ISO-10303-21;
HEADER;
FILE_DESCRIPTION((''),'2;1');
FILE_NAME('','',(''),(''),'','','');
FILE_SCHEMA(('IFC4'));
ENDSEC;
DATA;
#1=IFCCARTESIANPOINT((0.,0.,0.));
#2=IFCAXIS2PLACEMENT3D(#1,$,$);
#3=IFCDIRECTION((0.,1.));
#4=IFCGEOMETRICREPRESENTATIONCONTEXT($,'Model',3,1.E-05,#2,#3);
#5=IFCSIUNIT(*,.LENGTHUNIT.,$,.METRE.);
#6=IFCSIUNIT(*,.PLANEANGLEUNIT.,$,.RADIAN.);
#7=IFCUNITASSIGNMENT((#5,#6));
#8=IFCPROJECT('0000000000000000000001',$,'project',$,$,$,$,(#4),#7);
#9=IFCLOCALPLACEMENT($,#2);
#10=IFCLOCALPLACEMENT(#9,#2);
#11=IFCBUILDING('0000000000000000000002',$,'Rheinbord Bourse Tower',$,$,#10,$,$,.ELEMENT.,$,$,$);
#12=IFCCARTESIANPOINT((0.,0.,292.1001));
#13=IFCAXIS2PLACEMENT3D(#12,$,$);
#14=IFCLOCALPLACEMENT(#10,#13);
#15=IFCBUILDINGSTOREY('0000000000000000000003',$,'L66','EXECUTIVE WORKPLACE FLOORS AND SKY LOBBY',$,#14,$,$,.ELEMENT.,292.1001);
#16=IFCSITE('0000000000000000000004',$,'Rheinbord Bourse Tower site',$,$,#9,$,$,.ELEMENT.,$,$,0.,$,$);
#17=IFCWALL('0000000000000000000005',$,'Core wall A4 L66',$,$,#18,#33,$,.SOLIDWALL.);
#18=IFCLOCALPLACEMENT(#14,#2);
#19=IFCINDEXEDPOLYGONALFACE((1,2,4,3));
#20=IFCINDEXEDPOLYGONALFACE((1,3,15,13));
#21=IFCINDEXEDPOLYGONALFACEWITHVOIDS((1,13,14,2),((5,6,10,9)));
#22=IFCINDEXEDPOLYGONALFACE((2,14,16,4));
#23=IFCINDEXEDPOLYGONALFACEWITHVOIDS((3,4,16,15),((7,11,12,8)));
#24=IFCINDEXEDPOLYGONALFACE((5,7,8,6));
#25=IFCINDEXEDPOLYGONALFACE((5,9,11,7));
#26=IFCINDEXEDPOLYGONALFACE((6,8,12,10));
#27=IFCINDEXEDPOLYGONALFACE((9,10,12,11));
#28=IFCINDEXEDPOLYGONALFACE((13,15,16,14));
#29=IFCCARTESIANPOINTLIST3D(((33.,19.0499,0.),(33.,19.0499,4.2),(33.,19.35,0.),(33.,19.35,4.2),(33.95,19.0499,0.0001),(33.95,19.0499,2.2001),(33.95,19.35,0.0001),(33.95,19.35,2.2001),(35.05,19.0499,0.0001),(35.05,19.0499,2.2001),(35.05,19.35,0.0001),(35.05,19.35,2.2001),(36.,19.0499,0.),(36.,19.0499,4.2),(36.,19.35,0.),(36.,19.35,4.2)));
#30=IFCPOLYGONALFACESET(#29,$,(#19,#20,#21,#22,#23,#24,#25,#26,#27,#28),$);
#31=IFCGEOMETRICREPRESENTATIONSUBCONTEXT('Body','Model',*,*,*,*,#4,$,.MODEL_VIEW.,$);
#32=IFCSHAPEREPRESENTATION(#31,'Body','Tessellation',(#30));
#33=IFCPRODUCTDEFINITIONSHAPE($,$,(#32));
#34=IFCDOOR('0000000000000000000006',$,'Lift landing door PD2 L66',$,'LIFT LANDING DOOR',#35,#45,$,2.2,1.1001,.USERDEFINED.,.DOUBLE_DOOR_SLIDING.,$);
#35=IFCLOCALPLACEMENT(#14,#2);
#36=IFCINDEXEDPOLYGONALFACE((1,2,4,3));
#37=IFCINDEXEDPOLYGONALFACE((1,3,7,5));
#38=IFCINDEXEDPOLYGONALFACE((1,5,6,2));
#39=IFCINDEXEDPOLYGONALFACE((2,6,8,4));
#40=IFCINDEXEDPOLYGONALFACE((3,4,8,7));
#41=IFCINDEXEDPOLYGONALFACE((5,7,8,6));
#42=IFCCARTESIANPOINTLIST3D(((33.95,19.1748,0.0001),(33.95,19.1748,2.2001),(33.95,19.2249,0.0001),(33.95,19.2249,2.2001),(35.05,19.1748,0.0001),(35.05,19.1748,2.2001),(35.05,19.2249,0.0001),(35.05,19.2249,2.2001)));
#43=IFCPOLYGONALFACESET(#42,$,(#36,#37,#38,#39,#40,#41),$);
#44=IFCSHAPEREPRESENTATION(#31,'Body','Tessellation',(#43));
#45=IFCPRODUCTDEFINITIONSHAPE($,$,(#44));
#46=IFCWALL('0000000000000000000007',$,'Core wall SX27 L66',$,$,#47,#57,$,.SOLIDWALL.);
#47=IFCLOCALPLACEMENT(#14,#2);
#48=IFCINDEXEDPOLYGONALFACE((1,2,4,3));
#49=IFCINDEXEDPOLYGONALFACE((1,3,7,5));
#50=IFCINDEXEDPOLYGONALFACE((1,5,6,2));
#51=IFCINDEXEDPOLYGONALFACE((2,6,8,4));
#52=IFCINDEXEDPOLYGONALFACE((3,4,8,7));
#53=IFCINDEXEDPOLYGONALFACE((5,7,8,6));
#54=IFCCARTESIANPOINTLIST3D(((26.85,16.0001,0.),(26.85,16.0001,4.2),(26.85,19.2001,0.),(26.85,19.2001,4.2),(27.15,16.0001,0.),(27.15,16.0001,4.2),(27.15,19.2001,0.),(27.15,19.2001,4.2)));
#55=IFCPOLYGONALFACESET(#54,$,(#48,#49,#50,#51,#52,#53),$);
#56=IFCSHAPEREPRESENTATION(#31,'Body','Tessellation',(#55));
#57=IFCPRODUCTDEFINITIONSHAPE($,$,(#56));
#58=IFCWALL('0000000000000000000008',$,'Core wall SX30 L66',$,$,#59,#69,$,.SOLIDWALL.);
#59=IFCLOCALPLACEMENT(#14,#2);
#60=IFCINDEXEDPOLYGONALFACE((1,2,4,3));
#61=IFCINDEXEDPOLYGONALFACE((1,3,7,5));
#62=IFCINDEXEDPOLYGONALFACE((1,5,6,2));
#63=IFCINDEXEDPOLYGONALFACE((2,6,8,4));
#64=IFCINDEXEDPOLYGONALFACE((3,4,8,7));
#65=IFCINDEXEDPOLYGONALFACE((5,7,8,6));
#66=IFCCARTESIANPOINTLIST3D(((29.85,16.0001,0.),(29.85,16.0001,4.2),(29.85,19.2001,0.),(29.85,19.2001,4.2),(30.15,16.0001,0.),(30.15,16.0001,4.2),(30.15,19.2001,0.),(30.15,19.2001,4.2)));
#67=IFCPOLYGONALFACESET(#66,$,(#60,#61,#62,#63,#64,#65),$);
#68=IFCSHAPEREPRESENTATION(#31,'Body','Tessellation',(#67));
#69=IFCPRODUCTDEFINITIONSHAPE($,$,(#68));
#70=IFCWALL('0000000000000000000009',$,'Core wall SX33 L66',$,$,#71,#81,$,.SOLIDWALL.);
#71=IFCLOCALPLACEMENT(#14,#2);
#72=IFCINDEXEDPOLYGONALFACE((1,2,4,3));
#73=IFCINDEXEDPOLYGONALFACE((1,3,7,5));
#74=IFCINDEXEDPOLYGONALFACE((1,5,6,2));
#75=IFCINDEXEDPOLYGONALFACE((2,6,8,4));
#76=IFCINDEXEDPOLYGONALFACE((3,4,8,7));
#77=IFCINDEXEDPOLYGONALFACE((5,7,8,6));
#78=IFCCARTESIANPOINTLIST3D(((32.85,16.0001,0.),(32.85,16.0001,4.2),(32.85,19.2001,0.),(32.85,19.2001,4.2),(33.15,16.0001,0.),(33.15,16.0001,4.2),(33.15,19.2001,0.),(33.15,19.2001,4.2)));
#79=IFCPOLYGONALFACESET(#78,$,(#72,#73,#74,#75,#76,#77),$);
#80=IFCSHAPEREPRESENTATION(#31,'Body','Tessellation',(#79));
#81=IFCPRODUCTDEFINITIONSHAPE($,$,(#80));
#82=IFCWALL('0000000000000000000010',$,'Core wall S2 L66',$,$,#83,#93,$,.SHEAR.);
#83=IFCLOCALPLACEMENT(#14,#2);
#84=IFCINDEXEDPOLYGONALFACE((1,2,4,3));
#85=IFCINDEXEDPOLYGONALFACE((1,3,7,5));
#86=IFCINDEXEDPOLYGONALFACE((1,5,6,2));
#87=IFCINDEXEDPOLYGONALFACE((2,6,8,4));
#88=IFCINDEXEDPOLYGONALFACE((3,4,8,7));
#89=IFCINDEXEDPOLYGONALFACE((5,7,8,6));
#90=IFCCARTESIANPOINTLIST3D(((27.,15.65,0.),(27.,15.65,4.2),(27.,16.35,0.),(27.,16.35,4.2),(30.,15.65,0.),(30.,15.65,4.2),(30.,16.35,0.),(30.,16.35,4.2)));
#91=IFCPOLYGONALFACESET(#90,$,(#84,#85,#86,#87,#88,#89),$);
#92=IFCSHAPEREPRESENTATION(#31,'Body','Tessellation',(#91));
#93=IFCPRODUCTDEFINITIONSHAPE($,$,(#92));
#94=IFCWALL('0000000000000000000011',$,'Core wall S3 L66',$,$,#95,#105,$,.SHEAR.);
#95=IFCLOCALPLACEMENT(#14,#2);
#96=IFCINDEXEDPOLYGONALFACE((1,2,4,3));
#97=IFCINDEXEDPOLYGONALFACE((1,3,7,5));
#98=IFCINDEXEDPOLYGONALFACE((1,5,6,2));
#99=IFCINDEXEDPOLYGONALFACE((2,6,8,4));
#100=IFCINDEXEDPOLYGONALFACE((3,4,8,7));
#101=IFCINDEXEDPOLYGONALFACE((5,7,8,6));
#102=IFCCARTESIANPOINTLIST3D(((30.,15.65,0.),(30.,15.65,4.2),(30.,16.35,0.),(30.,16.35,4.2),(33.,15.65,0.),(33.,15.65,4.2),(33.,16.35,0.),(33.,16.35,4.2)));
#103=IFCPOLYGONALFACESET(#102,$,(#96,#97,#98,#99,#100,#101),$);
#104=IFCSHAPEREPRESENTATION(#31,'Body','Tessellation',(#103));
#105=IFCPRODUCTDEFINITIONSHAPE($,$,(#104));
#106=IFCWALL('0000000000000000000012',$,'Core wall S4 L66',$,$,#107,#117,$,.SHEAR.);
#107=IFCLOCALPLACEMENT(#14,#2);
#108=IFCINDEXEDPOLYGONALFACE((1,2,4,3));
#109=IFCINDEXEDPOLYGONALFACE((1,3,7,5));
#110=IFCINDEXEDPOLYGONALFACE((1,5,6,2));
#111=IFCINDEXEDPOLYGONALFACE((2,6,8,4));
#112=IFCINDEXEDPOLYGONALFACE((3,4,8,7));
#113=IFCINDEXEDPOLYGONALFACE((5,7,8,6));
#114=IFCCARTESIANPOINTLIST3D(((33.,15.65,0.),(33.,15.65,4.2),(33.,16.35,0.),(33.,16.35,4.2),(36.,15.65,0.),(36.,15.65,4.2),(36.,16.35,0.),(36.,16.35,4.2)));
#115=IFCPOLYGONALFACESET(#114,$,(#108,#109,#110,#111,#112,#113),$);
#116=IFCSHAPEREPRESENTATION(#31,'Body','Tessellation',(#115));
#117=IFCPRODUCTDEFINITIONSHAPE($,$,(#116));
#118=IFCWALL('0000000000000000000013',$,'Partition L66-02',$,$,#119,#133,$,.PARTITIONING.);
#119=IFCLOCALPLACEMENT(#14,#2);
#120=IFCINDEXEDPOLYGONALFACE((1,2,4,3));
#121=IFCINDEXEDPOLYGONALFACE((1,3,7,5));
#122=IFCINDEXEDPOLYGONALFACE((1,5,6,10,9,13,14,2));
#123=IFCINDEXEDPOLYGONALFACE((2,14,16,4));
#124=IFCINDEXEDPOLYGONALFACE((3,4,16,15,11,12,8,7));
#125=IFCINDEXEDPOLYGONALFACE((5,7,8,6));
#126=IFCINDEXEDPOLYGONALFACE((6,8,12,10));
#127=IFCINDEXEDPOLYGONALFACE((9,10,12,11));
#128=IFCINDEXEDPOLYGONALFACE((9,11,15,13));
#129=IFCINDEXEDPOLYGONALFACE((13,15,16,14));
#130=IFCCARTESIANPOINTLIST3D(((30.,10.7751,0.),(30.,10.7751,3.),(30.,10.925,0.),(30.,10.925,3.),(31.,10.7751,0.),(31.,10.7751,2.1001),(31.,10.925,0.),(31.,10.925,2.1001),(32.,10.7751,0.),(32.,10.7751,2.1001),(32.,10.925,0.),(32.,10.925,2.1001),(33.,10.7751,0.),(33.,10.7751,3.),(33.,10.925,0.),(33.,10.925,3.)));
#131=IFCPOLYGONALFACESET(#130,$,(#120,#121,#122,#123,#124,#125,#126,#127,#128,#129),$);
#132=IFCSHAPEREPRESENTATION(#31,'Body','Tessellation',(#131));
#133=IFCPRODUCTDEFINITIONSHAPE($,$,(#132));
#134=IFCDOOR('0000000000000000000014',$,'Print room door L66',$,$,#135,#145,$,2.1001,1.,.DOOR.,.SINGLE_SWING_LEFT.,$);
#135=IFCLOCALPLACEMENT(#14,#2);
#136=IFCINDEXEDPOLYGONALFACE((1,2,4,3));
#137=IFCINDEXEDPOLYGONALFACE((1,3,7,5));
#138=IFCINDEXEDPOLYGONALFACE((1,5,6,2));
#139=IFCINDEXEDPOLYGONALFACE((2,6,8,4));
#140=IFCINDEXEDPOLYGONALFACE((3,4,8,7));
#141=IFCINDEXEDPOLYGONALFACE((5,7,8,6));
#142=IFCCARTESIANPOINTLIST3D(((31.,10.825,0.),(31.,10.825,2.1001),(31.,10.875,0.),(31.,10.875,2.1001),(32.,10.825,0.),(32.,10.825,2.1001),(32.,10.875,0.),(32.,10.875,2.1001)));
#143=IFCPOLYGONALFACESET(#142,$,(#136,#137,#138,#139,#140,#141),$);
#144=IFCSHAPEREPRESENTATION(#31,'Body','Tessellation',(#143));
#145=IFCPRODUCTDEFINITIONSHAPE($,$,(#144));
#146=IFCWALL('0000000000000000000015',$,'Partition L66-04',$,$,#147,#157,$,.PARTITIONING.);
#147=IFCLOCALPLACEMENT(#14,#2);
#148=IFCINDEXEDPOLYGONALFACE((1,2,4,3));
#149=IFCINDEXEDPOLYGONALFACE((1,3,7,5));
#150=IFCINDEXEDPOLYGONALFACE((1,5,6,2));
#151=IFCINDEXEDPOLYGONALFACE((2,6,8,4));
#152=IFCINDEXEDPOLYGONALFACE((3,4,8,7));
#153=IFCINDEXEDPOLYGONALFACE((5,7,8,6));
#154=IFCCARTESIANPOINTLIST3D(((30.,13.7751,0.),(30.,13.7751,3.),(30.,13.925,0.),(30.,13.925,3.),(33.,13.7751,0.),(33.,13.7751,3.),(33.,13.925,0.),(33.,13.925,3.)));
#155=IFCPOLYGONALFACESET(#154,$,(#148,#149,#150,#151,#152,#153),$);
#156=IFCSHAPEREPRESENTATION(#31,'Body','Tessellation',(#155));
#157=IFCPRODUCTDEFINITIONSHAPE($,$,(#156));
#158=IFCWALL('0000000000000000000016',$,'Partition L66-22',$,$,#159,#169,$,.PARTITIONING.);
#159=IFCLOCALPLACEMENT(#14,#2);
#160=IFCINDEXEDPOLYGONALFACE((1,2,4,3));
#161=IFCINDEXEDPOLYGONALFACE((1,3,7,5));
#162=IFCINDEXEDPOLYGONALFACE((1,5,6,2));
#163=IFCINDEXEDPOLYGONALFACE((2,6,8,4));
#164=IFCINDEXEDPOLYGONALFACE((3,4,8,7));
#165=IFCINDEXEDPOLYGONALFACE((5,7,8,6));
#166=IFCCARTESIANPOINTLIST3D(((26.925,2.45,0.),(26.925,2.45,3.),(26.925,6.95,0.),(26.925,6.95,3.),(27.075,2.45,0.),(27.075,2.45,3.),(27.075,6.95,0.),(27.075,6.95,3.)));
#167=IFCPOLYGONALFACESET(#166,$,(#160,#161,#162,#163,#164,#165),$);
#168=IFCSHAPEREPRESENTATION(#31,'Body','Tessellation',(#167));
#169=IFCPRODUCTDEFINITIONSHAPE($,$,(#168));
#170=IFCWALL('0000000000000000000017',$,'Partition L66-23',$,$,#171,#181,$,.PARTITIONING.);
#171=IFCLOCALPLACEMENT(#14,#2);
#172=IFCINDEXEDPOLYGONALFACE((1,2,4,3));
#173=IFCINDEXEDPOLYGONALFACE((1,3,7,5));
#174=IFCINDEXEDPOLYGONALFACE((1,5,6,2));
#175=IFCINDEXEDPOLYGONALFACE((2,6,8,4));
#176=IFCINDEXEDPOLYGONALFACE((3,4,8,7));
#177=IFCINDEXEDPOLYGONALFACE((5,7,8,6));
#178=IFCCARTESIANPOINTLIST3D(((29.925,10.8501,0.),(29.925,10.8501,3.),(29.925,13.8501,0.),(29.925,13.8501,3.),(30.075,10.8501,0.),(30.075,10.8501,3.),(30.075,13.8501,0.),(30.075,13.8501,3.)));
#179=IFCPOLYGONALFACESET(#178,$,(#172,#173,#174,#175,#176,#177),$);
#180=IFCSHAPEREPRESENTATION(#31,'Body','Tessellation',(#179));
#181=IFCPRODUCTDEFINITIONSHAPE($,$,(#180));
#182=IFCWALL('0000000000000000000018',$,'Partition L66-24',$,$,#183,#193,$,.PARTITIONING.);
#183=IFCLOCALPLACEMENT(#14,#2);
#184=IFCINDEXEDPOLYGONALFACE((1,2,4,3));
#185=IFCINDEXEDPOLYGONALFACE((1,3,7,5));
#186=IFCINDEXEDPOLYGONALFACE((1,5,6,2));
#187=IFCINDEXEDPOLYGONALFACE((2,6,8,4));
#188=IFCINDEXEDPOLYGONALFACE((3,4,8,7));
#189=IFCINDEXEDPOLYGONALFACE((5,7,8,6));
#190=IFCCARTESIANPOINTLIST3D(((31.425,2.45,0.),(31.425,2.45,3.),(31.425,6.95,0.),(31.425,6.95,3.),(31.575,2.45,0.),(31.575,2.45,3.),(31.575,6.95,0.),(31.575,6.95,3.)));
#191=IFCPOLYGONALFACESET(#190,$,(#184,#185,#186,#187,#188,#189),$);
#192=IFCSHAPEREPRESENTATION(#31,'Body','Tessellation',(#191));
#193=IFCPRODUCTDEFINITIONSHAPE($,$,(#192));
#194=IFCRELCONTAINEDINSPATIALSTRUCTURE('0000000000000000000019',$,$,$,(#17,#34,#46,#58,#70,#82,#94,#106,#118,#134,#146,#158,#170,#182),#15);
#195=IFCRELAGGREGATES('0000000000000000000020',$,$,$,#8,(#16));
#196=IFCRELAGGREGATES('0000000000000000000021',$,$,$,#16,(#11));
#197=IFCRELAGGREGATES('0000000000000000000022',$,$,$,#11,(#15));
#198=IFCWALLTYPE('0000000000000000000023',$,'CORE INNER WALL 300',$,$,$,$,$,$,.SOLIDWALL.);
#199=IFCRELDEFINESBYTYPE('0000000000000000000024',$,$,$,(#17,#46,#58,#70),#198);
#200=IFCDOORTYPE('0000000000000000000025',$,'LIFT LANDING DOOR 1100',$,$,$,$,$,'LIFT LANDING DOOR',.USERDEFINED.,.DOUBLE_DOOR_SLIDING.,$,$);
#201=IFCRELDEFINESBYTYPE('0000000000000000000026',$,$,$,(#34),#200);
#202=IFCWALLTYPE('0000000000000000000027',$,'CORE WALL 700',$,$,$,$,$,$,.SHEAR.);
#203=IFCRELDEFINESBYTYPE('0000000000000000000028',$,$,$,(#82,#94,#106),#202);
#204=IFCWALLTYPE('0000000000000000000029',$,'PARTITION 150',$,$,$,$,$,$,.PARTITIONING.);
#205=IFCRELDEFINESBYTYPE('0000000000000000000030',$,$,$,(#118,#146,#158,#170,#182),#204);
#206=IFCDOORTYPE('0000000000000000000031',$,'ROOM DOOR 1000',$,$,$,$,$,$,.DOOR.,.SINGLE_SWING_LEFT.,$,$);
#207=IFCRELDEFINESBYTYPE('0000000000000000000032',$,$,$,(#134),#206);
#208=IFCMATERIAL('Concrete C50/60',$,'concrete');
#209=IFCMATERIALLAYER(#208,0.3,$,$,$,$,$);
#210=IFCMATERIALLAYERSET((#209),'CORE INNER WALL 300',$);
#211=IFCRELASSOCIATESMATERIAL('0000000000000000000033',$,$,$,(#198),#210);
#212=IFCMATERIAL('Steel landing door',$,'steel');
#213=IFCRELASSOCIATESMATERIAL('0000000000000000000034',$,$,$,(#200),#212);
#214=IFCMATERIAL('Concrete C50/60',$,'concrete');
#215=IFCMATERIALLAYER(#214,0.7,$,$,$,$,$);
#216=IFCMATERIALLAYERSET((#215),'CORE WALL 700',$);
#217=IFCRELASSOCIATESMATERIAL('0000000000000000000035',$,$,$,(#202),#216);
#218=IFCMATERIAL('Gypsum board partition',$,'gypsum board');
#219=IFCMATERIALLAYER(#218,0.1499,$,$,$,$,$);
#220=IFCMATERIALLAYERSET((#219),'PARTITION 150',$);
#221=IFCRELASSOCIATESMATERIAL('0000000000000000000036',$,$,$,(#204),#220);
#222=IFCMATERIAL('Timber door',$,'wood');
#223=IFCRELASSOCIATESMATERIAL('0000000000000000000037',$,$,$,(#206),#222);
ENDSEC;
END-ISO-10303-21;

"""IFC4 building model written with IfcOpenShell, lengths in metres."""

from ifc_helpers import new_model, si_unit, direction, frame, frame_2d, origin, place, context, subcontext, project, spatial, rectangle, extrude, material, layer, layer_set, type_object, element, fill, save


model = new_model("IFC4")

# Units and contexts
model_context = context("Model", 3, precision=1e-05, world=origin(), true_north=direction((0.0, 1.0)))
body_context = subcontext(model_context, "Body", "Model", "MODEL_VIEW")
ifc_project = project(units=[si_unit("LENGTHUNIT", "METRE"), si_unit("PLANEANGLEUNIT", "RADIAN")], contexts=[model_context])

# Site, building, storey
site_placement = place(None, origin())
site = spatial("IfcSite", under=ifc_project, at=site_placement, Name="Rheinbord Bourse Tower site", CompositionType="ELEMENT", RefElevation=0.0)
building_placement = place(site_placement, origin())
building = spatial("IfcBuilding", under=site, at=building_placement, Name="Rheinbord Bourse Tower", CompositionType="ELEMENT")
storey_placement = place(building_placement, frame((0.0, 0.0, 292.1001)))
storey = spatial("IfcBuildingStorey", under=building, at=storey_placement, Name="L66", Description="EXECUTIVE WORKPLACE FLOORS AND SKY LOBBY", CompositionType="ELEMENT", Elevation=292.1001)

# Wall, opening, door
ifc_material_1 = material(Name="Concrete C50/60", Category="concrete")
ifc_layer_1 = layer(ifc_material_1, 0.3)
ifc_layer_set_1 = layer_set([ifc_layer_1], Name="CORE INNER WALL 300")
wall_type_1 = type_object("IfcWallType", Name="CORE INNER WALL 300", PredefinedType="SOLIDWALL", material=ifc_layer_set_1)
ifc_material_2 = material(Name="Steel landing door", Category="steel")
door_type_1 = type_object("IfcDoorType", Name="LIFT LANDING DOOR 1100", ElementType="LIFT LANDING DOOR", OperationType="DOUBLE_DOOR_SLIDING", PredefinedType="USERDEFINED", material=ifc_material_2)
wall_1_placement = place(storey_placement, frame((33.0, 19.2, 0.0), z_axis=(0.0, 0.0, 1.0), x_axis=(1.0, 0.0, 0.0)))
wall_1 = element("IfcWall", 1, at=wall_1_placement, inside=storey, type_object=wall_type_1, Name="Core wall A4 L66", PredefinedType="SOLIDWALL", context=body_context, shape_type="SweptSolid", body=[
    extrude(rectangle(XDim=3.0, YDim=0.3, at=frame_2d((1.5, 0.0))), origin(), (0.0, 0.0, 1.0), 4.2),
])
opening_1_placement = place(wall_1_placement, frame((0.95, 0.0, 0.0)))
opening_1 = element("IfcOpeningElement", 2, at=opening_1_placement, cuts=wall_1, PredefinedType="OPENING", context=body_context, shape_type="SweptSolid", body=[
    extrude(rectangle(XDim=1.1001, YDim=2.2, at=frame_2d((0.55, 1.1001))), frame((0.0, 0.1599, 0.0), z_axis=(0.0, -1.0, 0.0), x_axis=(1.0, 0.0, 0.0)), (0.0, 0.0, 1.0), 0.3201),
])
door_1_placement = place(opening_1_placement, origin())
door_1 = element("IfcDoor", 3, at=door_1_placement, inside=storey, type_object=door_type_1, Name="Lift landing door PD2 L66", ObjectType="LIFT LANDING DOOR", OperationType="DOUBLE_DOOR_SLIDING", OverallHeight=2.2, OverallWidth=1.1001, PredefinedType="USERDEFINED", context=body_context, shape_type="SweptSolid", body=[
    extrude(rectangle(XDim=1.1001, YDim=2.2, at=frame_2d((0.55, 1.1001))), frame((0.0, 0.0249, 0.0), z_axis=(0.0, -1.0, 0.0), x_axis=(1.0, 0.0, 0.0)), (0.0, 0.0, 1.0), 0.05),
])
fill(opening_1, door_1)

# Walls
for number, where, z_axis, x_axis, name in (
    (4, (27.0, 16.0, 0.0), (0.0, 0.0, 1.0), (0.0, 1.0, 0.0), "Core wall SX27 L66"),
    (5, (30.0, 16.0, 0.0), (0.0, 0.0, 1.0), (0.0, 1.0, 0.0), "Core wall SX30 L66"),
    (6, (33.0, 16.0, 0.0), (0.0, 0.0, 1.0), (0.0, 1.0, 0.0), "Core wall SX33 L66"),
):
    element("IfcWall", number, at=place(storey_placement, frame(where, z_axis=z_axis, x_axis=x_axis)), inside=storey, type_object=wall_type_1, Name=name, PredefinedType="SOLIDWALL", context=body_context, shape_type="SweptSolid", body=[
        extrude(rectangle(XDim=3.2, YDim=0.3, at=frame_2d((1.6001, 0.0))), origin(), (0.0, 0.0, 1.0), 4.2),
    ])
ifc_material_3 = material(Name="Concrete C50/60", Category="concrete")
ifc_layer_2 = layer(ifc_material_3, 0.7)
ifc_layer_set_2 = layer_set([ifc_layer_2], Name="CORE WALL 700")
wall_type_2 = type_object("IfcWallType", Name="CORE WALL 700", PredefinedType="SHEAR", material=ifc_layer_set_2)
for number, where, z_axis, x_axis, name in (
    (7, (27.0, 16.0, 0.0), (0.0, 0.0, 1.0), (1.0, 0.0, 0.0), "Core wall S2 L66"),
    (8, (30.0, 16.0, 0.0), (0.0, 0.0, 1.0), (1.0, 0.0, 0.0), "Core wall S3 L66"),
    (9, (33.0, 16.0, 0.0), (0.0, 0.0, 1.0), (1.0, 0.0, 0.0), "Core wall S4 L66"),
):
    element("IfcWall", number, at=place(storey_placement, frame(where, z_axis=z_axis, x_axis=x_axis)), inside=storey, type_object=wall_type_2, Name=name, PredefinedType="SHEAR", context=body_context, shape_type="SweptSolid", body=[
        extrude(rectangle(XDim=3.0, YDim=0.7, at=frame_2d((1.5, 0.0))), origin(), (0.0, 0.0, 1.0), 4.2),
    ])

# Wall, opening, door
ifc_material_4 = material(Name="Gypsum board partition", Category="gypsum board")
ifc_layer_3 = layer(ifc_material_4, 0.1499)
ifc_layer_set_3 = layer_set([ifc_layer_3], Name="PARTITION 150")
wall_type_3 = type_object("IfcWallType", Name="PARTITION 150", PredefinedType="PARTITIONING", material=ifc_layer_set_3)
wall_2_placement = place(storey_placement, frame((30.0, 10.8501, 0.0), z_axis=(0.0, 0.0, 1.0), x_axis=(1.0, 0.0, 0.0)))
wall_2 = element("IfcWall", 10, at=wall_2_placement, inside=storey, type_object=wall_type_3, Name="Partition L66-02", PredefinedType="PARTITIONING", context=body_context, shape_type="SweptSolid", body=[
    extrude(rectangle(XDim=3.0, YDim=0.1499, at=frame_2d((1.5, 0.0))), origin(), (0.0, 0.0, 1.0), 3.0),
])
opening_2_placement = place(wall_2_placement, frame((1.0, 0.0, 0.0)))
opening_2 = element("IfcOpeningElement", 11, at=opening_2_placement, cuts=wall_2, PredefinedType="OPENING", context=body_context, shape_type="SweptSolid", body=[
    extrude(rectangle(XDim=1.0, YDim=2.1001, at=frame_2d((0.5, 1.05))), frame((0.0, 0.085, 0.0), z_axis=(0.0, -1.0, 0.0), x_axis=(1.0, 0.0, 0.0)), (0.0, 0.0, 1.0), 0.1699),
])
ifc_material_5 = material(Name="Timber door", Category="wood")
door_type_2 = type_object("IfcDoorType", Name="ROOM DOOR 1000", OperationType="SINGLE_SWING_LEFT", PredefinedType="DOOR", material=ifc_material_5)
door_2_placement = place(opening_2_placement, origin())
door_2 = element("IfcDoor", 12, at=door_2_placement, inside=storey, type_object=door_type_2, Name="Print room door L66", OperationType="SINGLE_SWING_LEFT", OverallHeight=2.1001, OverallWidth=1.0, PredefinedType="DOOR", context=body_context, shape_type="SweptSolid", body=[
    extrude(rectangle(XDim=1.0, YDim=2.1001, at=frame_2d((0.5, 1.05))), frame((0.0, 0.0249, 0.0), z_axis=(0.0, -1.0, 0.0), x_axis=(1.0, 0.0, 0.0)), (0.0, 0.0, 1.0), 0.05),
])
fill(opening_2, door_2)

# Walls
wall_3_placement = place(storey_placement, frame((30.0, 13.8501, 0.0), z_axis=(0.0, 0.0, 1.0), x_axis=(1.0, 0.0, 0.0)))
element("IfcWall", 13, at=wall_3_placement, inside=storey, type_object=wall_type_3, Name="Partition L66-04", PredefinedType="PARTITIONING", context=body_context, shape_type="SweptSolid", body=[
    extrude(rectangle(XDim=3.0, YDim=0.1499, at=frame_2d((1.5, 0.0))), origin(), (0.0, 0.0, 1.0), 3.0),
])
wall_4_placement = place(storey_placement, frame((27.0, 2.45, 0.0), z_axis=(0.0, 0.0, 1.0), x_axis=(0.0, 1.0, 0.0)))
element("IfcWall", 14, at=wall_4_placement, inside=storey, type_object=wall_type_3, Name="Partition L66-22", PredefinedType="PARTITIONING", context=body_context, shape_type="SweptSolid", body=[
    extrude(rectangle(XDim=4.5, YDim=0.1499, at=frame_2d((2.25, 0.0))), origin(), (0.0, 0.0, 1.0), 3.0),
])
wall_5_placement = place(storey_placement, frame((30.0, 10.8501, 0.0), z_axis=(0.0, 0.0, 1.0), x_axis=(0.0, 1.0, 0.0)))
element("IfcWall", 15, at=wall_5_placement, inside=storey, type_object=wall_type_3, Name="Partition L66-23", PredefinedType="PARTITIONING", context=body_context, shape_type="SweptSolid", body=[
    extrude(rectangle(XDim=3.0, YDim=0.1499, at=frame_2d((1.5, 0.0))), origin(), (0.0, 0.0, 1.0), 3.0),
])
wall_6_placement = place(storey_placement, frame((31.5, 2.45, 0.0), z_axis=(0.0, 0.0, 1.0), x_axis=(0.0, 1.0, 0.0)))
element("IfcWall", 16, at=wall_6_placement, inside=storey, type_object=wall_type_3, Name="Partition L66-24", PredefinedType="PARTITIONING", context=body_context, shape_type="SweptSolid", body=[
    extrude(rectangle(XDim=4.5, YDim=0.1499, at=frame_2d((2.25, 0.0))), origin(), (0.0, 0.0, 1.0), 3.0),
])

save(model, "model.ifc")
